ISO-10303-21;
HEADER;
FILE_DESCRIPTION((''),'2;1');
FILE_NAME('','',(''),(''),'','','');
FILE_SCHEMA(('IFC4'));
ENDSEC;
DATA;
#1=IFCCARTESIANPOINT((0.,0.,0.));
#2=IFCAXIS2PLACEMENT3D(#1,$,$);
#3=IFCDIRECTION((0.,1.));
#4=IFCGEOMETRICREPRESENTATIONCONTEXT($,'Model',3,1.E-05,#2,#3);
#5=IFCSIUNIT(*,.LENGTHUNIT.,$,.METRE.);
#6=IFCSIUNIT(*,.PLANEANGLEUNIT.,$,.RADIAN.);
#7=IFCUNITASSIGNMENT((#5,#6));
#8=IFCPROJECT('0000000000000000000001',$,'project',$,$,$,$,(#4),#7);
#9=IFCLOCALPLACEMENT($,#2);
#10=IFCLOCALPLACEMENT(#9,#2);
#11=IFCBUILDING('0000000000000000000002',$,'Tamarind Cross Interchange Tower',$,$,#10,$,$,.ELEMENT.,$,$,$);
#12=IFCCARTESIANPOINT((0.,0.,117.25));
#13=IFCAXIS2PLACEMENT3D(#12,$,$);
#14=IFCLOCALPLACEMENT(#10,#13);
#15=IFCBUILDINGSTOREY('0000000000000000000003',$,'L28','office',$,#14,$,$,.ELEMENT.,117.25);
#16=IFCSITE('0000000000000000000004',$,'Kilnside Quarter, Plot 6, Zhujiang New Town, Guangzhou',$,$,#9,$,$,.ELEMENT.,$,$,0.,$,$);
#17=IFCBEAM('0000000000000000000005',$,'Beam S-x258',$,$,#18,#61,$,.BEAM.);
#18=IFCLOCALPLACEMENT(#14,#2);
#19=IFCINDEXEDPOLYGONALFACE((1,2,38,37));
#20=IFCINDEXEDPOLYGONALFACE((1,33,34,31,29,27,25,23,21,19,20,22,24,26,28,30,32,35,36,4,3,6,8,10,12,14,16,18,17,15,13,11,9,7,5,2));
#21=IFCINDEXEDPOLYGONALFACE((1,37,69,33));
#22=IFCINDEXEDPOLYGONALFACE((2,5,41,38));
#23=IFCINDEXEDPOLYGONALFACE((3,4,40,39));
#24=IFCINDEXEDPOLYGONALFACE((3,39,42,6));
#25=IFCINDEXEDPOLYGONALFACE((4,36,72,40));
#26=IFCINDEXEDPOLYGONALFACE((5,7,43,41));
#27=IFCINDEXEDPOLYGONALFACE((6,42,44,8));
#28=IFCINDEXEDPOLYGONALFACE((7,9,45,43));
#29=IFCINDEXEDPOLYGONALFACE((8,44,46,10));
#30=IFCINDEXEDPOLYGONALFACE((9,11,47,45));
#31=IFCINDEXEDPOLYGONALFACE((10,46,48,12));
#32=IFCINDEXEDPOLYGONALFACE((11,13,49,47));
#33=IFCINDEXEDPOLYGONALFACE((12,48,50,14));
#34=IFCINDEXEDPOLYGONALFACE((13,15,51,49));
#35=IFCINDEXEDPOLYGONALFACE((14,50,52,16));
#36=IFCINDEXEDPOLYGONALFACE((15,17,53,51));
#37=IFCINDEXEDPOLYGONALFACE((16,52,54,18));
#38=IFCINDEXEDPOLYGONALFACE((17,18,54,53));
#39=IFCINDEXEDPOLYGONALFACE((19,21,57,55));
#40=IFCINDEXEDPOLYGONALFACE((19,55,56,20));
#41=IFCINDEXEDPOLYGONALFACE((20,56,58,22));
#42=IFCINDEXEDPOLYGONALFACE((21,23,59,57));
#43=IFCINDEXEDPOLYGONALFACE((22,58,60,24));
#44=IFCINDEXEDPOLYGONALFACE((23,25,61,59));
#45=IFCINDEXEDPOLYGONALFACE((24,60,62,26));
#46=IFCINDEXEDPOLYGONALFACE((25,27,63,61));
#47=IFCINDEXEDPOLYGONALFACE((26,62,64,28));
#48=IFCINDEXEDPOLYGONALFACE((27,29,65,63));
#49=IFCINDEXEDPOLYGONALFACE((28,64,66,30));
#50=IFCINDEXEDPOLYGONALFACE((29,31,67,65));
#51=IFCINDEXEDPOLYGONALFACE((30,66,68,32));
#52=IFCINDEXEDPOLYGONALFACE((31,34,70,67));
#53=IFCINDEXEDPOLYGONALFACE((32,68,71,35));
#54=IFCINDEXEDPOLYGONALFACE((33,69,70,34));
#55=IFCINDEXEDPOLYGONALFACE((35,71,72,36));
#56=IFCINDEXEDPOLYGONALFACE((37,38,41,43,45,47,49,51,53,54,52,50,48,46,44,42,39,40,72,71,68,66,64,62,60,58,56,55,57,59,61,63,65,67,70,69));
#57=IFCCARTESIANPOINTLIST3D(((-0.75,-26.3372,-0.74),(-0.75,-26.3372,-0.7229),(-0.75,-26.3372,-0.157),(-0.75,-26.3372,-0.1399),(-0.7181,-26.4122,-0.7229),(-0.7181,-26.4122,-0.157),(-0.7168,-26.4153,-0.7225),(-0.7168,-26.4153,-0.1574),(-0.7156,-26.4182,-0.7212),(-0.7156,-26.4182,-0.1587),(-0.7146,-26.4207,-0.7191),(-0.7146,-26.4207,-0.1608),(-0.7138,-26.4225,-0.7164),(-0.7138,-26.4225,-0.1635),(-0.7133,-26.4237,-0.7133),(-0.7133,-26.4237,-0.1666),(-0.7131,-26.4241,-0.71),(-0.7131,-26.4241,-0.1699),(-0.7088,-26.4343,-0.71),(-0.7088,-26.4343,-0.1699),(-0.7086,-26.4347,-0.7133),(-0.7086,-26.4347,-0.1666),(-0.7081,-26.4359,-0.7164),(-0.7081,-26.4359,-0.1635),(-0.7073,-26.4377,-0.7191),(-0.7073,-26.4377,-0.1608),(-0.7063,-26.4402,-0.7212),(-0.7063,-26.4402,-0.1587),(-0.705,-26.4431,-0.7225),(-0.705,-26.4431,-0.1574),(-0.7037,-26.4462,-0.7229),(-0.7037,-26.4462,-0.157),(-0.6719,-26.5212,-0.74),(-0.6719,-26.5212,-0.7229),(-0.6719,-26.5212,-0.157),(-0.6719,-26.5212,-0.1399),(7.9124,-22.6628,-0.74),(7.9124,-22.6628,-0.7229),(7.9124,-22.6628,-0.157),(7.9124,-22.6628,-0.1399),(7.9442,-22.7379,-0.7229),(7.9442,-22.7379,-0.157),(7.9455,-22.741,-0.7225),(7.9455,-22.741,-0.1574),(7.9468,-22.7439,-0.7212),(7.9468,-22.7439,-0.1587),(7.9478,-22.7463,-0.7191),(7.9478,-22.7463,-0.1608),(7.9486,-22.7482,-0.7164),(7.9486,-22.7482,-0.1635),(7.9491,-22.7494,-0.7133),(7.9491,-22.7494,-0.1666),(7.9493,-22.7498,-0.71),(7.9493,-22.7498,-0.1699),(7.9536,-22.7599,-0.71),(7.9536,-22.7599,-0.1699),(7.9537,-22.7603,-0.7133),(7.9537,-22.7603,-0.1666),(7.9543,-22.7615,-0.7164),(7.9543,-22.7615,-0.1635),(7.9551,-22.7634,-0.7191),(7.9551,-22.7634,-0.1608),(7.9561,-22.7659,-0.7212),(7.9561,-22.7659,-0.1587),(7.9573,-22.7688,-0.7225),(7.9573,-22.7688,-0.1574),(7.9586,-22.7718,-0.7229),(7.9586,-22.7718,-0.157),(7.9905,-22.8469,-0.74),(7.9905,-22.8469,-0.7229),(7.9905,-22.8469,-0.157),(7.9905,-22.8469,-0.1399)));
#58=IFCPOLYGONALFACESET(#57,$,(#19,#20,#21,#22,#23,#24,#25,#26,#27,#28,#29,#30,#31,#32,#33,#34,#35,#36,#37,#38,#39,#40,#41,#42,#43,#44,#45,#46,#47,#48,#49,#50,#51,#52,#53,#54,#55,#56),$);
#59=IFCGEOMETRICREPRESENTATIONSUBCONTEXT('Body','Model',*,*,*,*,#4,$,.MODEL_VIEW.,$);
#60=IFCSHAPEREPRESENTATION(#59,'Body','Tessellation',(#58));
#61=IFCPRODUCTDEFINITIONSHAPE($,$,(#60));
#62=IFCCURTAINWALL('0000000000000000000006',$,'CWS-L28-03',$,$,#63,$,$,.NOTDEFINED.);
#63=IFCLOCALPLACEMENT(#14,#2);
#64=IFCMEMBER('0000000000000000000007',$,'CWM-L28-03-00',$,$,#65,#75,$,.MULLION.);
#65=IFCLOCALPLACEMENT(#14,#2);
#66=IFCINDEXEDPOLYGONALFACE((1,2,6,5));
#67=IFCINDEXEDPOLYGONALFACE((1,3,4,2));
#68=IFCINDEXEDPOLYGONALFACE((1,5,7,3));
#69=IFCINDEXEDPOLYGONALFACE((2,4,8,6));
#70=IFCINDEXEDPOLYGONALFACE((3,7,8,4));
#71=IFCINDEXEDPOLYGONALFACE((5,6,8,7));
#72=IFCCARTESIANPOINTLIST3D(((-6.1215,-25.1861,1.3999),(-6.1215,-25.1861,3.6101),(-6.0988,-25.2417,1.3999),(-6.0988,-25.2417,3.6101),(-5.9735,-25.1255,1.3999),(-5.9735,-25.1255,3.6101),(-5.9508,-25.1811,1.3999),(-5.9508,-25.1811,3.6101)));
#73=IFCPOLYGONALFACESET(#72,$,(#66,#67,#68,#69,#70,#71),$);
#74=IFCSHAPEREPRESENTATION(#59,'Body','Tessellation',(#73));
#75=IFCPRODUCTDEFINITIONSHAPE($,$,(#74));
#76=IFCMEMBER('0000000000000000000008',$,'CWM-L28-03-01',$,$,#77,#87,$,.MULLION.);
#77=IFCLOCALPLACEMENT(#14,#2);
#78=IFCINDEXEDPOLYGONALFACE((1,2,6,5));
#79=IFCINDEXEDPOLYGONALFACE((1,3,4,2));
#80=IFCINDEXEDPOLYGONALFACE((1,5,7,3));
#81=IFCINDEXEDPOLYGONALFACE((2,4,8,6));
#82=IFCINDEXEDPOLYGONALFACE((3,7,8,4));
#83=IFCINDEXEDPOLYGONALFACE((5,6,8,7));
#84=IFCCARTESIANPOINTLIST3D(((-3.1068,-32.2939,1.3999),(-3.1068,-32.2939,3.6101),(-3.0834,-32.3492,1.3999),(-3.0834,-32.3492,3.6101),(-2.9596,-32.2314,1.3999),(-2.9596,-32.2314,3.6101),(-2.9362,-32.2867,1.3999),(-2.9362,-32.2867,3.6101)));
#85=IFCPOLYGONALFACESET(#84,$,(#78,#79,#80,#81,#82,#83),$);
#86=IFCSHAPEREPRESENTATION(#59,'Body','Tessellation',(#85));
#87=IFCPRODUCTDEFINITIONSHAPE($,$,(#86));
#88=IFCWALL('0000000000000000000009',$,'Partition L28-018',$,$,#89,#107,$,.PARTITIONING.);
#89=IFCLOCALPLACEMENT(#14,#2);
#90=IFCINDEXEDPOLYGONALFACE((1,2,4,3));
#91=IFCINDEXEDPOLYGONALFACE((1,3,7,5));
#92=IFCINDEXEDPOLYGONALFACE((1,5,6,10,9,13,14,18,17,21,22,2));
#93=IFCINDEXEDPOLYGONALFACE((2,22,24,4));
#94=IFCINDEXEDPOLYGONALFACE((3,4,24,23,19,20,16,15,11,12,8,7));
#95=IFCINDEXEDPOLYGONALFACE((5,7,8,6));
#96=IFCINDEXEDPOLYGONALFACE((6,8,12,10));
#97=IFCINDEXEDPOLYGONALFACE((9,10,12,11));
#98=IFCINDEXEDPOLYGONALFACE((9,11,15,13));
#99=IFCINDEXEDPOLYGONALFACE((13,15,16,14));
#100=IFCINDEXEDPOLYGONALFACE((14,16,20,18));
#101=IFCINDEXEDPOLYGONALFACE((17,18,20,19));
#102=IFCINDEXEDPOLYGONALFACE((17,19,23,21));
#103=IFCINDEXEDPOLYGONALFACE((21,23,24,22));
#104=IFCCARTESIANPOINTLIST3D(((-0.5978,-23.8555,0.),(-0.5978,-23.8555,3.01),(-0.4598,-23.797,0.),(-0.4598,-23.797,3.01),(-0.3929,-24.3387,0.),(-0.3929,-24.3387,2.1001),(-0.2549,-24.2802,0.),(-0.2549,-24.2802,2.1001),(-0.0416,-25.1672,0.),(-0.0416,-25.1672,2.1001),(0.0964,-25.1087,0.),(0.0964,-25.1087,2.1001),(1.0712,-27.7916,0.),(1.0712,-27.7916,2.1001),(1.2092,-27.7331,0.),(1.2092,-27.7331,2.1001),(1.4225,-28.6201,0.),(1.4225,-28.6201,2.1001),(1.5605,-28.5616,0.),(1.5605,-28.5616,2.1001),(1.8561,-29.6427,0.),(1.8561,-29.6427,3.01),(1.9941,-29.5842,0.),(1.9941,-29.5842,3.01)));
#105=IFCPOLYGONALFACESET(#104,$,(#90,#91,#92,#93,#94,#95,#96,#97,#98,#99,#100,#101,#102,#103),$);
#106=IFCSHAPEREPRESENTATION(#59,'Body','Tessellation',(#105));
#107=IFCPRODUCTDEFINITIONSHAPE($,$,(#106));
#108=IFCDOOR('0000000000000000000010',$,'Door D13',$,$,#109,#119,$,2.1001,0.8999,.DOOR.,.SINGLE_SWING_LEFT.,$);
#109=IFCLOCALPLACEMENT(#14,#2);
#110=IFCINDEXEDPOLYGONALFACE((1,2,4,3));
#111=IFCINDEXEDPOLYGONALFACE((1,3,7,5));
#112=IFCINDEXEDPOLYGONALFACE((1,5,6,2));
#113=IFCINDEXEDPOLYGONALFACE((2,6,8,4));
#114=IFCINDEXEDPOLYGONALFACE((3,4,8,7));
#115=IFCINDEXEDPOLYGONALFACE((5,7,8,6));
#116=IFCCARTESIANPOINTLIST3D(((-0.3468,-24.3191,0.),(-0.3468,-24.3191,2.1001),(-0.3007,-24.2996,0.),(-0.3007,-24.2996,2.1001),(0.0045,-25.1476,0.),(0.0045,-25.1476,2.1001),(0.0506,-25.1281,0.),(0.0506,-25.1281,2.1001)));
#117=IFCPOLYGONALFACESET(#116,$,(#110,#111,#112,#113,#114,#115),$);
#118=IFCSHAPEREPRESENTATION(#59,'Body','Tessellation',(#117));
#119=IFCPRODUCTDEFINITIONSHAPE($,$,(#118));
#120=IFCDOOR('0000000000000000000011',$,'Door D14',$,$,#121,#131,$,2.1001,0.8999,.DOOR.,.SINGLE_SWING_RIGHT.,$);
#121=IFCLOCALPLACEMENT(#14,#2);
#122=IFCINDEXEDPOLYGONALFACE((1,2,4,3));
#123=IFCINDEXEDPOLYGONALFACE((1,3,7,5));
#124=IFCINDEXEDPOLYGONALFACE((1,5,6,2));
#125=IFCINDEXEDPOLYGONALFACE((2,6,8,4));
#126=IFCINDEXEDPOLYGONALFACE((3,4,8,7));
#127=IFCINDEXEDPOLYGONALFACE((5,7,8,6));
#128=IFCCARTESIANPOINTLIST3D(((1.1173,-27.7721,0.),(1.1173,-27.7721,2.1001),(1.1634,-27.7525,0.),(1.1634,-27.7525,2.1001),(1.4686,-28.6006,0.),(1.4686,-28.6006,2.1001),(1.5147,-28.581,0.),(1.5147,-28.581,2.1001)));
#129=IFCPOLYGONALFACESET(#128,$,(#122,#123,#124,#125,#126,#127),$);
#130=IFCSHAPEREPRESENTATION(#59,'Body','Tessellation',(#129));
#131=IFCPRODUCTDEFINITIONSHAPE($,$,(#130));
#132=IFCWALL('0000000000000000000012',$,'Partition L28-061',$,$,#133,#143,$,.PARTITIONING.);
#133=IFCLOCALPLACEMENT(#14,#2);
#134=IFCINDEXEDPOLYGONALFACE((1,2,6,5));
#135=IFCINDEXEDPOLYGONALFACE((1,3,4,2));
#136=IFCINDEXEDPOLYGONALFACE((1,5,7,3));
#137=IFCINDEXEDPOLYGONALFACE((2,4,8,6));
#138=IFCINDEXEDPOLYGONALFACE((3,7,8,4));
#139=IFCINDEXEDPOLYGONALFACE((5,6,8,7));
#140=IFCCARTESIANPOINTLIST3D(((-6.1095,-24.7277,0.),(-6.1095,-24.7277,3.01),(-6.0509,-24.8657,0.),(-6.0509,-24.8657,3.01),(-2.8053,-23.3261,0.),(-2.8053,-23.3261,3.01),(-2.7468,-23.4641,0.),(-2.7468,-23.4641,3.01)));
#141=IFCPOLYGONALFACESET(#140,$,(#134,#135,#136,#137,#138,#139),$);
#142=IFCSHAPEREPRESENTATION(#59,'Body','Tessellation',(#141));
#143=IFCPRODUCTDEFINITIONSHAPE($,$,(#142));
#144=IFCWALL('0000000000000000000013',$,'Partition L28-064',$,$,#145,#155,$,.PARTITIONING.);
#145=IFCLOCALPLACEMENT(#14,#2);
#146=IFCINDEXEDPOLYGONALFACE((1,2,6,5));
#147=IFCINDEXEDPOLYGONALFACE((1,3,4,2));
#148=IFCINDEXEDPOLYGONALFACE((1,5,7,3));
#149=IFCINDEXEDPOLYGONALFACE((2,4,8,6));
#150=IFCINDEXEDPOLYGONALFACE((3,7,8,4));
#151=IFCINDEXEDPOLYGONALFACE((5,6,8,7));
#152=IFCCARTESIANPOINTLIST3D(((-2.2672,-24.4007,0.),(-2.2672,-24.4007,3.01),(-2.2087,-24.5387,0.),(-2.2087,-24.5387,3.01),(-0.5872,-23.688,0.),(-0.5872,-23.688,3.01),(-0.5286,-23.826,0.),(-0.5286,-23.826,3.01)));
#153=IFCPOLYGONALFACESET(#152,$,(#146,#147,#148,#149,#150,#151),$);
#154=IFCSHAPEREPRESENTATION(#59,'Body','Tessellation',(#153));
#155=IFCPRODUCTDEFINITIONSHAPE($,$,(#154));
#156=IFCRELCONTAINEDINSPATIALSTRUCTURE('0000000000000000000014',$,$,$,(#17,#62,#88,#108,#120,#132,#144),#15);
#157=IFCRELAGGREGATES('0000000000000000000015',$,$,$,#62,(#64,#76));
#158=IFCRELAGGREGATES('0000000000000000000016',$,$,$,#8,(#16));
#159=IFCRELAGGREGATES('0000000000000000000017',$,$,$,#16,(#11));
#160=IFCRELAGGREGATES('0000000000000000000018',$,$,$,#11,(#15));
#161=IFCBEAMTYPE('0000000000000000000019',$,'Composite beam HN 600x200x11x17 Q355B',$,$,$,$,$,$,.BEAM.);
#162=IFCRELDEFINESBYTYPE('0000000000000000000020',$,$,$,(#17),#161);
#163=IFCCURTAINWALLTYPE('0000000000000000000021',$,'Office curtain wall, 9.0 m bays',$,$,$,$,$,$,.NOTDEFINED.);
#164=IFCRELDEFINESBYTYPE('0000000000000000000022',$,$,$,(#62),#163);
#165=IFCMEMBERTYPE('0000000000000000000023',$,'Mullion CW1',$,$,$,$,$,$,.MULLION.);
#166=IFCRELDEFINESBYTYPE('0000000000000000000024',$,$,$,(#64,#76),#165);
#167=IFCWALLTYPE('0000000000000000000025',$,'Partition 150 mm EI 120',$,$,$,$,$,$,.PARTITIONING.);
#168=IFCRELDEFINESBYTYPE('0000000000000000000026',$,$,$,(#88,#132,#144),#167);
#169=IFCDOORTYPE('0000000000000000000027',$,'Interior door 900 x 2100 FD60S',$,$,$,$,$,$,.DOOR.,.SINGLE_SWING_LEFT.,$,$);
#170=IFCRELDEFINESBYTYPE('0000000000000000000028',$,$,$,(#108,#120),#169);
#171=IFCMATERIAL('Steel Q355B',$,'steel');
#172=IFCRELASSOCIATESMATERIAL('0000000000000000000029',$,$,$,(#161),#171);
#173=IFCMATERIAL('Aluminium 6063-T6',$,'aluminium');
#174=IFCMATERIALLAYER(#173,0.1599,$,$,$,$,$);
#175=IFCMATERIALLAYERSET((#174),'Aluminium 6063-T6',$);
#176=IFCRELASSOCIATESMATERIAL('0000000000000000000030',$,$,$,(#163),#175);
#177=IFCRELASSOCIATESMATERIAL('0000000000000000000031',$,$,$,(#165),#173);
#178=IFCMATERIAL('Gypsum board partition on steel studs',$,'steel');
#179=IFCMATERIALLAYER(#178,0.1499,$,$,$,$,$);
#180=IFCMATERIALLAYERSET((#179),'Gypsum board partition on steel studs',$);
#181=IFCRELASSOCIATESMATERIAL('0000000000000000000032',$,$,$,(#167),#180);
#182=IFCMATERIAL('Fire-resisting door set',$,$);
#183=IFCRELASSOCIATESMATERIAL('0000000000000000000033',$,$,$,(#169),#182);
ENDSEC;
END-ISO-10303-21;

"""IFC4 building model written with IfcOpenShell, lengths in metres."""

from ifc_helpers import new_model, si_unit, direction, frame, frame_2d, origin, origin_2d, place, context, subcontext, project, spatial, rectangle, i_section, extrude, material, layer, layer_set, material_profile, profile_set, type_object, element, fill, aggregate, save


model = new_model("IFC4")

# Units and contexts
model_context = context("Model", 3, precision=1e-05, world=origin(), true_north=direction((0.0, 1.0)))
body_context = subcontext(model_context, "Body", "Model", "MODEL_VIEW")
ifc_project = project(units=[si_unit("LENGTHUNIT", "METRE"), si_unit("PLANEANGLEUNIT", "RADIAN")], contexts=[model_context])

# Site, building, storey
site_placement = place(None, origin())
site = spatial("IfcSite", under=ifc_project, at=site_placement, Name="Kilnside Quarter, Plot 6, Zhujiang New Town, Guangzhou", CompositionType="ELEMENT", RefElevation=0.0)
building_placement = place(site_placement, origin())
building = spatial("IfcBuilding", under=site, at=building_placement, Name="Tamarind Cross Interchange Tower", CompositionType="ELEMENT")
storey_placement = place(building_placement, frame((0.0, 0.0, 117.25)))
storey = spatial("IfcBuildingStorey", under=building, at=storey_placement, Name="L28", Description="office", CompositionType="ELEMENT", Elevation=117.25)

# Beam
ifc_material_1 = material(Name="Steel Q355B", Category="steel")
ifc_material_profile_1 = material_profile(ifc_material_1, i_section(OverallWidth=0.2, OverallDepth=0.6001, WebThickness=0.011, FlangeThickness=0.0171, FilletRadius=0.0129, at=origin_2d()), Name="HN 600x200x11x17")
ifc_profile_set_1 = profile_set([ifc_material_profile_1], Name="Steel Q355B")
beam_type_1 = type_object("IfcBeamType", Name="Composite beam HN 600x200x11x17 Q355B", PredefinedType="BEAM", material=ifc_profile_set_1)
beam_1_placement = place(storey_placement, frame((-0.7109, -26.4292, -0.4399), z_axis=(0.920606, 0.390494, 0.0), x_axis=(-0.390494, 0.920606, 0.0)))
element("IfcBeam", 1, at=beam_1_placement, inside=storey, type_object=beam_type_1, Name="Beam S-x258", PredefinedType="BEAM", context=body_context, shape_type="SweptSolid", body=[
    extrude(i_section(OverallWidth=0.2, OverallDepth=0.6001, WebThickness=0.011, FlangeThickness=0.0171, FilletRadius=0.0129, at=origin_2d()), origin(), (0.0, 0.0, 1.0), 9.4094),
])

# Curtain wall, members
ifc_material_2 = material(Name="Aluminium 6063-T6", Category="aluminium")
ifc_layer_1 = layer(ifc_material_2, 0.1599)
ifc_layer_set_1 = layer_set([ifc_layer_1], Name="Aluminium 6063-T6")
curtain_wall_type = type_object("IfcCurtainWallType", Name="Office curtain wall, 9.0 m bays", PredefinedType="NOTDEFINED", material=ifc_layer_set_1)
curtain_wall_placement = place(storey_placement, origin())
curtain_wall = element("IfcCurtainWall", 2, at=curtain_wall_placement, inside=storey, type_object=curtain_wall_type, Name="CWS-L28-03", PredefinedType="NOTDEFINED")
ifc_material_profile_2 = material_profile(ifc_material_2, rectangle(XDim=0.0601, YDim=0.1599, at=origin_2d()), Name="Mullion CW1")
ifc_profile_set_2 = profile_set([ifc_material_profile_2], Name="Aluminium 6063-T6")
member_type = type_object("IfcMemberType", Name="Mullion CW1", PredefinedType="MULLION", material=ifc_profile_set_2)
member_1_placement = place(storey_placement, frame((-6.0361, -25.1836, 1.3999), z_axis=(0.0, 0.0, 1.0), x_axis=(0.378731, -0.925507, 0.0)))
member_1 = element("IfcMember", 3, at=member_1_placement, type_object=member_type, Name="CWM-L28-03-00", PredefinedType="MULLION", context=body_context, shape_type="SweptSolid", body=[
    extrude(rectangle(XDim=0.0601, YDim=0.1599, at=origin_2d()), origin(), (0.0, 0.0, 1.0), 2.2102),
])
member_2_placement = place(storey_placement, frame((-3.0215, -32.2903, 1.3999), z_axis=(0.0, 0.0, 1.0), x_axis=(0.3905, -0.920603, 0.0)))
member_2 = element("IfcMember", 4, at=member_2_placement, type_object=member_type, Name="CWM-L28-03-01", PredefinedType="MULLION", context=body_context, shape_type="SweptSolid", body=[
    extrude(rectangle(XDim=0.0601, YDim=0.1599, at=origin_2d()), origin(), (0.0, 0.0, 1.0), 2.2102),
])
aggregate(curtain_wall, [member_1, member_2])

# Wall, openings, doors
ifc_material_3 = material(Name="Gypsum board partition on steel studs", Category="steel")
ifc_layer_2 = layer(ifc_material_3, 0.1499)
ifc_layer_set_2 = layer_set([ifc_layer_2], Name="Gypsum board partition on steel studs")
wall_type_1 = type_object("IfcWallType", Name="Partition 150 mm EI 120", PredefinedType="PARTITIONING", material=ifc_layer_set_2)
wall_1_placement = place(storey_placement, frame((-0.5288, -23.8262, 0.0), z_axis=(0.0, 0.0, 1.0), x_axis=(0.390377, -0.920655, 0.0)))
wall_1 = element("IfcWall", 5, at=wall_1_placement, inside=storey, type_object=wall_type_1, Name="Partition L28-018", PredefinedType="PARTITIONING", context=body_context, shape_type="SweptSolid", body=[
    extrude(rectangle(XDim=6.2859, YDim=0.1499, at=frame_2d((3.1431, 0.0))), origin(), (0.0, 0.0, 1.0), 3.01),
])
opening_1_placement = place(wall_1_placement, frame((0.5249, 0.0, 0.0)))
opening_1 = element("IfcOpeningElement", 6, at=opening_1_placement, cuts=wall_1, PredefinedType="OPENING", context=body_context, shape_type="SweptSolid", body=[
    extrude(rectangle(XDim=0.8999, YDim=2.1001, at=frame_2d((0.45, 1.05))), frame((0.0, 0.085, 0.0), z_axis=(0.0, -1.0, 0.0), x_axis=(1.0, 0.0, 0.0)), (0.0, 0.0, 1.0), 0.1699),
])
opening_2_placement = place(wall_1_placement, frame((4.2754, 0.0, 0.0)))
opening_2 = element("IfcOpeningElement", 7, at=opening_2_placement, cuts=wall_1, PredefinedType="OPENING", context=body_context, shape_type="SweptSolid", body=[
    extrude(rectangle(XDim=0.8999, YDim=2.1001, at=frame_2d((0.45, 1.05))), frame((0.0, 0.085, 0.0), z_axis=(0.0, -1.0, 0.0), x_axis=(1.0, 0.0, 0.0)), (0.0, 0.0, 1.0), 0.1699),
])
ifc_material_4 = material(Name="Fire-resisting door set")
door_type_1 = type_object("IfcDoorType", Name="Interior door 900 x 2100 FD60S", OperationType="SINGLE_SWING_LEFT", PredefinedType="DOOR", material=ifc_material_4)
door_1_placement = place(opening_1_placement, frame((0.8999, 0.0, 0.0), z_axis=(0.0, 0.0, 1.0), x_axis=(-1.0, 0.0, 0.0)))
door_1 = element("IfcDoor", 8, at=door_1_placement, inside=storey, type_object=door_type_1, Name="Door D13", OperationType="SINGLE_SWING_LEFT", OverallHeight=2.1001, OverallWidth=0.8999, PredefinedType="DOOR", context=body_context, shape_type="SweptSolid", body=[
    extrude(rectangle(XDim=0.8999, YDim=2.1001, at=frame_2d((0.45, 1.05))), frame((0.0, 0.0249, 0.0), z_axis=(0.0, -1.0, 0.0), x_axis=(1.0, 0.0, 0.0)), (0.0, 0.0, 1.0), 0.05),
])
fill(opening_1, door_1)
door_2_placement = place(opening_2_placement, frame((0.8999, 0.0, 0.0), z_axis=(0.0, 0.0, 1.0), x_axis=(-1.0, 0.0, 0.0)))
door_2 = element("IfcDoor", 9, at=door_2_placement, inside=storey, type_object=door_type_1, Name="Door D14", OperationType="SINGLE_SWING_RIGHT", OverallHeight=2.1001, OverallWidth=0.8999, PredefinedType="DOOR", context=body_context, shape_type="SweptSolid", body=[
    extrude(rectangle(XDim=0.8999, YDim=2.1001, at=frame_2d((0.45, 1.05))), frame((0.0, 0.0249, 0.0), z_axis=(0.0, -1.0, 0.0), x_axis=(1.0, 0.0, 0.0)), (0.0, 0.0, 1.0), 0.05),
])
fill(opening_2, door_2)

# Walls
wall_2_placement = place(storey_placement, frame((-6.0801, -24.7966, 0.0), z_axis=(0.0, 0.0, 1.0), x_axis=(0.920599, 0.39051, 0.0)))
element("IfcWall", 10, at=wall_2_placement, inside=storey, type_object=wall_type_1, Name="Partition L28-061", PredefinedType="PARTITIONING", context=body_context, shape_type="SweptSolid", body=[
    extrude(rectangle(XDim=3.5891, YDim=0.1499, at=frame_2d((1.7944, 0.0))), origin(), (0.0, 0.0, 1.0), 3.01),
])
wall_3_placement = place(storey_placement, frame((-2.238, -24.4697, 0.0), z_axis=(0.0, 0.0, 1.0), x_axis=(0.920592, 0.390526, 0.0)))
element("IfcWall", 11, at=wall_3_placement, inside=storey, type_object=wall_type_1, Name="Partition L28-064", PredefinedType="PARTITIONING", context=body_context, shape_type="SweptSolid", body=[
    extrude(rectangle(XDim=1.825, YDim=0.1499, at=frame_2d((0.9126, 0.0))), origin(), (0.0, 0.0, 1.0), 3.01),
])

save(model, "model.ifc")
